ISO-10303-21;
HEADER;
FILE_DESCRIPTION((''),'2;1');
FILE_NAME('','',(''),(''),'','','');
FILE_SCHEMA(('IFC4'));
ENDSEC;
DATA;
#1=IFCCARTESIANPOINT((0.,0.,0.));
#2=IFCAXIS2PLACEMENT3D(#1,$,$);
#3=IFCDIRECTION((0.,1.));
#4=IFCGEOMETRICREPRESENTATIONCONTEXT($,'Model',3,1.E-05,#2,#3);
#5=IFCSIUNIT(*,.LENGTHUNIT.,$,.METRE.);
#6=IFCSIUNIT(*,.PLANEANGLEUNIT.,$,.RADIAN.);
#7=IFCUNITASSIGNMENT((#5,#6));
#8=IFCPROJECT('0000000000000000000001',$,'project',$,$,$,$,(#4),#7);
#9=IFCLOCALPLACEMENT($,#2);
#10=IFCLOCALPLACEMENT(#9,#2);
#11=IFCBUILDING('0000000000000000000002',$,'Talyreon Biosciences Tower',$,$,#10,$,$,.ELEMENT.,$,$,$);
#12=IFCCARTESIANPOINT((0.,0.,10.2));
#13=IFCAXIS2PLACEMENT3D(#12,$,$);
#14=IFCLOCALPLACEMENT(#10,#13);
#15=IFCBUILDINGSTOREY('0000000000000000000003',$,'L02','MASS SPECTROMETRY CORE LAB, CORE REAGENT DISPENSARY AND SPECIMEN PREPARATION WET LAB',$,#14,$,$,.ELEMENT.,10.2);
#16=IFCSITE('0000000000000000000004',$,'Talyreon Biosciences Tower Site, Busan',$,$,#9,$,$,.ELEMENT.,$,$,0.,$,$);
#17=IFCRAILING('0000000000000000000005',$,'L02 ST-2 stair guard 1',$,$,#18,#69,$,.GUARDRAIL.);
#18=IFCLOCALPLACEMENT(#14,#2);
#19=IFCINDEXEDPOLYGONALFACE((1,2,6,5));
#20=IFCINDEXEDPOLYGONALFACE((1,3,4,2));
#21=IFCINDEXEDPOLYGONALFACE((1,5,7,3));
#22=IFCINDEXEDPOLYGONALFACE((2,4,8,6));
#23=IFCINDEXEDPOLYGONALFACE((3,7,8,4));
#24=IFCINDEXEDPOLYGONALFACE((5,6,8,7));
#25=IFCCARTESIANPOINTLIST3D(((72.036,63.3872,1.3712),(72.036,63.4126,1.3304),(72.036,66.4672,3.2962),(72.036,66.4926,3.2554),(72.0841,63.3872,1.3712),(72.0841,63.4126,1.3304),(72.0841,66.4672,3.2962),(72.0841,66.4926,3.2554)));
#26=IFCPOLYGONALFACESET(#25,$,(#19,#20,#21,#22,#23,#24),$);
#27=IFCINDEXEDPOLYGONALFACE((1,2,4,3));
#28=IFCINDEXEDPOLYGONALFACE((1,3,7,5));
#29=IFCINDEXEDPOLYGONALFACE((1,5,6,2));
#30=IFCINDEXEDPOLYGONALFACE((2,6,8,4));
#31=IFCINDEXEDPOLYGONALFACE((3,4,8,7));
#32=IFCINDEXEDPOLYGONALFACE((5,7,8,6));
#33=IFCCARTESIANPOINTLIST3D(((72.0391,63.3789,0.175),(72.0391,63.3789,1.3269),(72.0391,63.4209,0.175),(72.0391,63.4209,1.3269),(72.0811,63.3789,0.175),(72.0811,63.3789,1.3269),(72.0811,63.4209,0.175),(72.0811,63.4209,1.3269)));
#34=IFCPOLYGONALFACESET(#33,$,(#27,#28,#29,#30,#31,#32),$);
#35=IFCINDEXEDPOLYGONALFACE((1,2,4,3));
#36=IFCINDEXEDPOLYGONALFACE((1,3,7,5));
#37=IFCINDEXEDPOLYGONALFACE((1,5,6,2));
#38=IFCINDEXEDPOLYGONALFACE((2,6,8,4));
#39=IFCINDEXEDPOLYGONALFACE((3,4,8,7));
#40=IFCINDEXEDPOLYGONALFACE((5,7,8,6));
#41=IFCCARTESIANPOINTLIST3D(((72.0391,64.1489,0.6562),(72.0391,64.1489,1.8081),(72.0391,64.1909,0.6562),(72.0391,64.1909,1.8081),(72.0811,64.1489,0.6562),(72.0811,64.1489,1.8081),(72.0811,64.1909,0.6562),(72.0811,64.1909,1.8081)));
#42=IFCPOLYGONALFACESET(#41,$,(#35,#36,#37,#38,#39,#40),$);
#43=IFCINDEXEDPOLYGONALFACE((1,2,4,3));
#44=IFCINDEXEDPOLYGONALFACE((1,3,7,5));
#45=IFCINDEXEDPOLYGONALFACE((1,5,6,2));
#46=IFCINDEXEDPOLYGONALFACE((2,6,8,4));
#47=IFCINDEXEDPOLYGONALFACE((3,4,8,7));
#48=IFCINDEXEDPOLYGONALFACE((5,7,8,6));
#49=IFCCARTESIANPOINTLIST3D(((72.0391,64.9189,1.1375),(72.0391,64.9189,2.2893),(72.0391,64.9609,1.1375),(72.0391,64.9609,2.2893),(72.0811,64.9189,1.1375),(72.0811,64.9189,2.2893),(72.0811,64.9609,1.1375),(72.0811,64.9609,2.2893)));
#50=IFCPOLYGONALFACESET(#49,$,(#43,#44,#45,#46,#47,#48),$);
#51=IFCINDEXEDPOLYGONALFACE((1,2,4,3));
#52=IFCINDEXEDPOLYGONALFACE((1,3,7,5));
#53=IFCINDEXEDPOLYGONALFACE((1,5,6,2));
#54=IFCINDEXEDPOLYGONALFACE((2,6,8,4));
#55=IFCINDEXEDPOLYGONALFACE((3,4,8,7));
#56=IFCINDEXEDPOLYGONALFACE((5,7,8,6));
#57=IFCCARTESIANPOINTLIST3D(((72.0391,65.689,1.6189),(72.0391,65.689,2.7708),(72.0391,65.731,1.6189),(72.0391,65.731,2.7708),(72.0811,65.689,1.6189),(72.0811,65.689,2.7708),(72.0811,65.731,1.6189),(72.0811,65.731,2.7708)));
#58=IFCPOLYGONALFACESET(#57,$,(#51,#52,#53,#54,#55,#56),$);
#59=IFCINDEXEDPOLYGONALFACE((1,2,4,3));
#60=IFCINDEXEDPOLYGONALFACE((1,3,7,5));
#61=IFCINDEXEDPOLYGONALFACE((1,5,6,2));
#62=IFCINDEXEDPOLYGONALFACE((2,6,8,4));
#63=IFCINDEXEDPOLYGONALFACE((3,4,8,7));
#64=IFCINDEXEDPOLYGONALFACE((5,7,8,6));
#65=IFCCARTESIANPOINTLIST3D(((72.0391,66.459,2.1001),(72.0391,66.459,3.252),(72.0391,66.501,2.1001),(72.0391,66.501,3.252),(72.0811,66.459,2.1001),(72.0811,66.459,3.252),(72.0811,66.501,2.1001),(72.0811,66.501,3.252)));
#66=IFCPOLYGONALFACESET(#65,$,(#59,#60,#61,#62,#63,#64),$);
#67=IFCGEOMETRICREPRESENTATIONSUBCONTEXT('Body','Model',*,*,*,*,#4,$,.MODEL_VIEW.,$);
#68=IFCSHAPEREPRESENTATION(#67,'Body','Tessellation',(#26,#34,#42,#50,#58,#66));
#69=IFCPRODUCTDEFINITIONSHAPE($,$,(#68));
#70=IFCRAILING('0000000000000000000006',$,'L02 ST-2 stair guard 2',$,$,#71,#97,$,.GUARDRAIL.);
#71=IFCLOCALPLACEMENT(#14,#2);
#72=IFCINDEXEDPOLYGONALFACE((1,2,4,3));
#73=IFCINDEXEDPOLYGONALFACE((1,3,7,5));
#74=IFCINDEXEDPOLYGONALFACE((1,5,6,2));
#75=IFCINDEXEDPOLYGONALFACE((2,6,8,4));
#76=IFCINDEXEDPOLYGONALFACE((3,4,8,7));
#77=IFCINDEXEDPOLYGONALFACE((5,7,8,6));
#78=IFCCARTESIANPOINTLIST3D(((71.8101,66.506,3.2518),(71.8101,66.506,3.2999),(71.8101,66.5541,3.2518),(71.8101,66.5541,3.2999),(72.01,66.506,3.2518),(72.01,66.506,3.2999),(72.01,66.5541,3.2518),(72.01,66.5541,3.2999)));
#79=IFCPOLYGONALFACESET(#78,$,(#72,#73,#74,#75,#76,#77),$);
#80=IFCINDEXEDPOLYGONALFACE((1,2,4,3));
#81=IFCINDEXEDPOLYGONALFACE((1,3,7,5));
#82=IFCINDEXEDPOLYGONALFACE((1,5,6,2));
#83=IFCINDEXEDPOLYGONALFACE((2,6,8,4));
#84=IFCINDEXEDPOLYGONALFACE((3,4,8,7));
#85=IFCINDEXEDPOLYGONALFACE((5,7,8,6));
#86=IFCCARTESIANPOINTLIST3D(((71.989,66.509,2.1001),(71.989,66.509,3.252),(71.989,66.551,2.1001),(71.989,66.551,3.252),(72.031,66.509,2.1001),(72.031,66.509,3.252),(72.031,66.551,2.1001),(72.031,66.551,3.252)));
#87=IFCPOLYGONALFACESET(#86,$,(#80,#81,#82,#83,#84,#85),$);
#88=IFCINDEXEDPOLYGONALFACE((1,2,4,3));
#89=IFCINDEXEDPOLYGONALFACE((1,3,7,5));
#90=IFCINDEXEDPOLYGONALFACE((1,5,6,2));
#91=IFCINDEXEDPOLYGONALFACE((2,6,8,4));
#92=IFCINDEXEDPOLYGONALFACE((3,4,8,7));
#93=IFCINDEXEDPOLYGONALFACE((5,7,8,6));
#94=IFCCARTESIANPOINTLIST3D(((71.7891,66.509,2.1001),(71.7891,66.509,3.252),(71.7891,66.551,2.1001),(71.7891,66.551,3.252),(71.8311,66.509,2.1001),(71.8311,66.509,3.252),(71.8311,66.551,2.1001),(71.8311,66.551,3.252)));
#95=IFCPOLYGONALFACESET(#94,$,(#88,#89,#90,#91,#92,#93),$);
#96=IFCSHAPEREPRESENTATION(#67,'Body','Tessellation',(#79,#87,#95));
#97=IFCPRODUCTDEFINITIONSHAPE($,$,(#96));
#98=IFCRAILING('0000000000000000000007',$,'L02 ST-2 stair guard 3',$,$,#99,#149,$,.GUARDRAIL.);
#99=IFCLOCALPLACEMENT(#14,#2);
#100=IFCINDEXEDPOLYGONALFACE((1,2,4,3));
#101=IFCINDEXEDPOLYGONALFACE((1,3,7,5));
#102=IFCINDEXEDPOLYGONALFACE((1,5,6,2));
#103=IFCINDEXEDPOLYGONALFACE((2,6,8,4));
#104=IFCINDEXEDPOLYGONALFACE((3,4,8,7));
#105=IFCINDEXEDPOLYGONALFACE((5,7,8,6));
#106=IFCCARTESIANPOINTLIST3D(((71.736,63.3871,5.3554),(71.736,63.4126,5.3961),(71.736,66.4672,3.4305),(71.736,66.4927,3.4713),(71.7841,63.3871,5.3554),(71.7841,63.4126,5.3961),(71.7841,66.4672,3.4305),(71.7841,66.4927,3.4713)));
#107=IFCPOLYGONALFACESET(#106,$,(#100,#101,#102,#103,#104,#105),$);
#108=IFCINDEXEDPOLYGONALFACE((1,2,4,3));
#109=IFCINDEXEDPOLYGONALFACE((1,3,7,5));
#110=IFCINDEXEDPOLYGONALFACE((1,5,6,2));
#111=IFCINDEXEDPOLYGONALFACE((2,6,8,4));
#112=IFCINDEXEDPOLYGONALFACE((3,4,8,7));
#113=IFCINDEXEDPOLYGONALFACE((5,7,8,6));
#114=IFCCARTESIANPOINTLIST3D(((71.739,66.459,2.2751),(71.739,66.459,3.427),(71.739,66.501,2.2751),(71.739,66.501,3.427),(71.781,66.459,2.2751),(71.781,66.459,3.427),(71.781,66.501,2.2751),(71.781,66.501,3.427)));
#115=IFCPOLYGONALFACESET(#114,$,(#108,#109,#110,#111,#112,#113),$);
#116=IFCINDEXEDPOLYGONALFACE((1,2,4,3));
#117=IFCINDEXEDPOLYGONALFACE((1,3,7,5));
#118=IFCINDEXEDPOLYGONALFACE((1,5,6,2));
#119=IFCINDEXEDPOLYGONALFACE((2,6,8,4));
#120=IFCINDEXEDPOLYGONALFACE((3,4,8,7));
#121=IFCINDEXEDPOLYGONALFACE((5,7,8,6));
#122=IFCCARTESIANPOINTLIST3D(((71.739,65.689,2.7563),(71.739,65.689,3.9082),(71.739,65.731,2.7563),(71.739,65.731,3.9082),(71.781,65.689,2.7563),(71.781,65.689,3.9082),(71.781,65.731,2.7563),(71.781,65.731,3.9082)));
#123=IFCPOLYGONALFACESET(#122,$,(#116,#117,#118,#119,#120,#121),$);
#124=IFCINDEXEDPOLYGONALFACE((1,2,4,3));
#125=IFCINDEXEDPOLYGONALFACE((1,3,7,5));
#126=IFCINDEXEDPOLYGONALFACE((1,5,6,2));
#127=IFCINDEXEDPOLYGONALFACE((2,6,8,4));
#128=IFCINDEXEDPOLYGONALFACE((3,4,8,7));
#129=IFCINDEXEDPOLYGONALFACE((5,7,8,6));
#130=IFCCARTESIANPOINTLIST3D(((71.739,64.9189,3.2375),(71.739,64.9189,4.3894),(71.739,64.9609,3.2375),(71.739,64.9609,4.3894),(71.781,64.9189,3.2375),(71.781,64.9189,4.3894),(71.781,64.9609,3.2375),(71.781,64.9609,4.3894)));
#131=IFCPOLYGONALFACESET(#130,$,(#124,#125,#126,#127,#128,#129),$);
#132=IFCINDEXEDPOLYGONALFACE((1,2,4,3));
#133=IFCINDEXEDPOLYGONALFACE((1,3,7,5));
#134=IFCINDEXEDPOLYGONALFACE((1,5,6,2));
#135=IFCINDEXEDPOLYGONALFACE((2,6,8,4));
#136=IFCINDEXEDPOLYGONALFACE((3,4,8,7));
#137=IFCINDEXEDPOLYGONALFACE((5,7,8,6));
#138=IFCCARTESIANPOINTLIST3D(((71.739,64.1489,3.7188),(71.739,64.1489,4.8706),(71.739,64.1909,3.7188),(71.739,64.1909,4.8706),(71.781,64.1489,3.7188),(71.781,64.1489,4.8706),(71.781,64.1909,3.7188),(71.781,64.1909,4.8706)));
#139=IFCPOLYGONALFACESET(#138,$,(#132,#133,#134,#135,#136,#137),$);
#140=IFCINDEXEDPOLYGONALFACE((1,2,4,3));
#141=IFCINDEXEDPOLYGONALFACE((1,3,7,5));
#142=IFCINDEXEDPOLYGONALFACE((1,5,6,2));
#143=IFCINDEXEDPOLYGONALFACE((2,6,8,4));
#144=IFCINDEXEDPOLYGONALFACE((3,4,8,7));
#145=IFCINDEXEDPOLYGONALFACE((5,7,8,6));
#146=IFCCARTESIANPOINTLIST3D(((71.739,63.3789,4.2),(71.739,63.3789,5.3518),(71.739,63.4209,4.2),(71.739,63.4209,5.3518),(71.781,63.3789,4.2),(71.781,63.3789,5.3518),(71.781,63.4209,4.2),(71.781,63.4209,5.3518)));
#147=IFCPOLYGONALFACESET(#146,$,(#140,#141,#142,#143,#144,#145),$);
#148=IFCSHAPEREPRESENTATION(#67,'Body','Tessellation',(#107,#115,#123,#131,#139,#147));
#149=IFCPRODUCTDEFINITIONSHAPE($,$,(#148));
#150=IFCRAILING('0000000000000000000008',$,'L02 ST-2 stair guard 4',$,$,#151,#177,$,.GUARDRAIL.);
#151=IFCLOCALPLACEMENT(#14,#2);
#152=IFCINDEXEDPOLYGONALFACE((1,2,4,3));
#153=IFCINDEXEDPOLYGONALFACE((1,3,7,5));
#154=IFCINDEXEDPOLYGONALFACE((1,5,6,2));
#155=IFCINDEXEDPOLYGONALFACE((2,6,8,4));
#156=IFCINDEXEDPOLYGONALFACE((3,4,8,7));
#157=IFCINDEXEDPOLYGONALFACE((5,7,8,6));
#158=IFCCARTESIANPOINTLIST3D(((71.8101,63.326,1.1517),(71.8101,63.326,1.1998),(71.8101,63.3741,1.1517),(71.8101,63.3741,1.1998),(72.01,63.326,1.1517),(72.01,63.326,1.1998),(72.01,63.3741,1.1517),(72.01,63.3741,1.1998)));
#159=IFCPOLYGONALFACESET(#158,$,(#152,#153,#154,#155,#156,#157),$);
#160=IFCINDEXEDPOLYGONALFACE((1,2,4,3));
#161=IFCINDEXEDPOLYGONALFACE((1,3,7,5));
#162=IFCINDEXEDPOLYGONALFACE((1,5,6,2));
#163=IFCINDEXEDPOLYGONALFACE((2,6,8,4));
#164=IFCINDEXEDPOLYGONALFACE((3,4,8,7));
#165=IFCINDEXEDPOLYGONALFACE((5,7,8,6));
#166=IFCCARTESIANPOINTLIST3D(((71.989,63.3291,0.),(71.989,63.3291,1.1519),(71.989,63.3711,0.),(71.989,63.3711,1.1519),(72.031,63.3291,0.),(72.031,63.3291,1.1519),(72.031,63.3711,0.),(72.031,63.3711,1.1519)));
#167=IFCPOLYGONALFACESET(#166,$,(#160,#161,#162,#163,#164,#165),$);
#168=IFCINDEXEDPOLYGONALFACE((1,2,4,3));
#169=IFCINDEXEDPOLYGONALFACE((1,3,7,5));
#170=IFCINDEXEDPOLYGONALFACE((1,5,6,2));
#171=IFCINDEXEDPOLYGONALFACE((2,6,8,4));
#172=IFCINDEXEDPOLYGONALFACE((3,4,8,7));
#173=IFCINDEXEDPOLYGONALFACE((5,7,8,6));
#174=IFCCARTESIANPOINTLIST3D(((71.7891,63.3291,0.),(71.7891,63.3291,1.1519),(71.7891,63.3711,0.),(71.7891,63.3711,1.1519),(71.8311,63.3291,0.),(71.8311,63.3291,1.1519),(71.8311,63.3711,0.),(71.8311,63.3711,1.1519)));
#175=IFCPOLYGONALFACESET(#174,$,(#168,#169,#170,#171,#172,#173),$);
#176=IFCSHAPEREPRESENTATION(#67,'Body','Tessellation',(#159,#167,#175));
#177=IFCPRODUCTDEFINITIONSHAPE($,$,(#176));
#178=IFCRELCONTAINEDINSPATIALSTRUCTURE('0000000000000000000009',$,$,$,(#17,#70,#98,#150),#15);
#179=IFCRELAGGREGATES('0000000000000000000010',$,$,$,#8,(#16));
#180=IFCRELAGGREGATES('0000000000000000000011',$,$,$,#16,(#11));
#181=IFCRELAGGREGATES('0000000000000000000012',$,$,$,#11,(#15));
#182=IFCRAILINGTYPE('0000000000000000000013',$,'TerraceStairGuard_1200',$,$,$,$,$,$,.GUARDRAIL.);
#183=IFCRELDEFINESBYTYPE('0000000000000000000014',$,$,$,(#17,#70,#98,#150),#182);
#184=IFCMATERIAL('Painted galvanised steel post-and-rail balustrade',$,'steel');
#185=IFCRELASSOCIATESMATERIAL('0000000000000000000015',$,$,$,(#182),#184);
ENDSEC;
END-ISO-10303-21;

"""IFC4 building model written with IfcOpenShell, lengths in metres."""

from ifc_helpers import new_model, si_unit, direction, frame, origin, origin_2d, place, context, subcontext, project, spatial, rectangle, extrude, material, type_object, element, save


model = new_model("IFC4")

# Units and contexts
model_context = context("Model", 3, precision=1e-05, world=origin(), true_north=direction((0.0, 1.0)))
body_context = subcontext(model_context, "Body", "Model", "MODEL_VIEW")
ifc_project = project(units=[si_unit("LENGTHUNIT", "METRE"), si_unit("PLANEANGLEUNIT", "RADIAN")], contexts=[model_context])

# Site, building, storey
site_placement = place(None, origin())
site = spatial("IfcSite", under=ifc_project, at=site_placement, Name="Talyreon Biosciences Tower Site, Busan", CompositionType="ELEMENT", RefElevation=0.0)
building_placement = place(site_placement, origin())
building = spatial("IfcBuilding", under=site, at=building_placement, Name="Talyreon Biosciences Tower", CompositionType="ELEMENT")
storey_placement = place(building_placement, frame((0.0, 0.0, 10.2)))
storey = spatial("IfcBuildingStorey", under=building, at=storey_placement, Name="L02", Description="MASS SPECTROMETRY CORE LAB, CORE REAGENT DISPENSARY AND SPECIMEN PREPARATION WET LAB", CompositionType="ELEMENT", Elevation=10.2)

# Railings
ifc_material_1 = material(Name="Painted galvanised steel post-and-rail balustrade", Category="steel")
railing_type_1 = type_object("IfcRailingType", Name="TerraceStairGuard_1200", PredefinedType="GUARDRAIL", material=ifc_material_1)
railing_1_placement = place(storey_placement, frame((72.0601, 63.3999, 0.175)))
element("IfcRailing", 1, at=railing_1_placement, inside=storey, type_object=railing_type_1, Name="L02 ST-2 stair guard 1", PredefinedType="GUARDRAIL", context=body_context, shape_type="SweptSolid", body=[
    extrude(rectangle(XDim=0.0481, YDim=0.0481, at=origin_2d()), frame((0.0, 0.0, 1.1758), z_axis=(0.0, 0.847998, 0.529999), x_axis=(-1.0, 0.0, 0.0)), (0.0, 0.0, 1.0), 3.6321),
    extrude(rectangle(XDim=0.042, YDim=0.042, at=origin_2d()), origin(), (0.0, 0.0, 1.0), 1.1519),
    extrude(rectangle(XDim=0.042, YDim=0.042, at=origin_2d()), frame((0.0, 0.77, 0.4812)), (0.0, 0.0, 1.0), 1.1519),
    extrude(rectangle(XDim=0.042, YDim=0.042, at=origin_2d()), frame((0.0, 1.54, 0.9624)), (0.0, 0.0, 1.0), 1.1519),
    extrude(rectangle(XDim=0.042, YDim=0.042, at=origin_2d()), frame((0.0, 2.3101, 1.4438)), (0.0, 0.0, 1.0), 1.1519),
    extrude(rectangle(XDim=0.042, YDim=0.042, at=origin_2d()), frame((0.0, 3.0801, 1.925)), (0.0, 0.0, 1.0), 1.1519),
])
railing_2_placement = place(storey_placement, frame((72.01, 66.53, 2.1001)))
element("IfcRailing", 2, at=railing_2_placement, inside=storey, type_object=railing_type_1, Name="L02 ST-2 stair guard 2", PredefinedType="GUARDRAIL", context=body_context, shape_type="SweptSolid", body=[
    extrude(rectangle(XDim=0.0481, YDim=0.0481, at=origin_2d()), frame((0.0, 0.0, 1.1758), z_axis=(-1.0, 0.0, 0.0), x_axis=(0.0, -1.0, 0.0)), (0.0, 0.0, 1.0), 0.2),
    extrude(rectangle(XDim=0.042, YDim=0.042, at=origin_2d()), origin(), (0.0, 0.0, 1.0), 1.1519),
    extrude(rectangle(XDim=0.042, YDim=0.042, at=origin_2d()), frame((-0.2, 0.0, 0.0)), (0.0, 0.0, 1.0), 1.1519),
])
railing_3_placement = place(storey_placement, frame((71.76, 66.48, 2.2751)))
element("IfcRailing", 3, at=railing_3_placement, inside=storey, type_object=railing_type_1, Name="L02 ST-2 stair guard 3", PredefinedType="GUARDRAIL", context=body_context, shape_type="SweptSolid", body=[
    extrude(rectangle(XDim=0.0481, YDim=0.0481, at=origin_2d()), frame((0.0, 0.0, 1.1758), z_axis=(0.0, -0.848029, 0.529951), x_axis=(1.0, 0.0, 0.0)), (0.0, 0.0, 1.0), 3.6321),
    extrude(rectangle(XDim=0.042, YDim=0.042, at=origin_2d()), origin(), (0.0, 0.0, 1.0), 1.1519),
    extrude(rectangle(XDim=0.042, YDim=0.042, at=origin_2d()), frame((0.0, -0.77, 0.4812)), (0.0, 0.0, 1.0), 1.1519),
    extrude(rectangle(XDim=0.042, YDim=0.042, at=origin_2d()), frame((0.0, -1.54, 0.9624)), (0.0, 0.0, 1.0), 1.1519),
    extrude(rectangle(XDim=0.042, YDim=0.042, at=origin_2d()), frame((0.0, -2.3101, 1.4436)), (0.0, 0.0, 1.0), 1.1519),
    extrude(rectangle(XDim=0.042, YDim=0.042, at=origin_2d()), frame((0.0, -3.0801, 1.9248)), (0.0, 0.0, 1.0), 1.1519),
])
railing_4_placement = place(storey_placement, frame((72.01, 63.3501, 0.0)))
element("IfcRailing", 4, at=railing_4_placement, inside=storey, type_object=railing_type_1, Name="L02 ST-2 stair guard 4", PredefinedType="GUARDRAIL", context=body_context, shape_type="SweptSolid", body=[
    extrude(rectangle(XDim=0.0481, YDim=0.0481, at=origin_2d()), frame((0.0, 0.0, 1.1758), z_axis=(-1.0, 0.0, 0.0), x_axis=(0.0, -1.0, 0.0)), (0.0, 0.0, 1.0), 0.2),
    extrude(rectangle(XDim=0.042, YDim=0.042, at=origin_2d()), origin(), (0.0, 0.0, 1.0), 1.1519),
    extrude(rectangle(XDim=0.042, YDim=0.042, at=origin_2d()), frame((-0.2, 0.0, 0.0)), (0.0, 0.0, 1.0), 1.1519),
])

save(model, "model.ifc")
